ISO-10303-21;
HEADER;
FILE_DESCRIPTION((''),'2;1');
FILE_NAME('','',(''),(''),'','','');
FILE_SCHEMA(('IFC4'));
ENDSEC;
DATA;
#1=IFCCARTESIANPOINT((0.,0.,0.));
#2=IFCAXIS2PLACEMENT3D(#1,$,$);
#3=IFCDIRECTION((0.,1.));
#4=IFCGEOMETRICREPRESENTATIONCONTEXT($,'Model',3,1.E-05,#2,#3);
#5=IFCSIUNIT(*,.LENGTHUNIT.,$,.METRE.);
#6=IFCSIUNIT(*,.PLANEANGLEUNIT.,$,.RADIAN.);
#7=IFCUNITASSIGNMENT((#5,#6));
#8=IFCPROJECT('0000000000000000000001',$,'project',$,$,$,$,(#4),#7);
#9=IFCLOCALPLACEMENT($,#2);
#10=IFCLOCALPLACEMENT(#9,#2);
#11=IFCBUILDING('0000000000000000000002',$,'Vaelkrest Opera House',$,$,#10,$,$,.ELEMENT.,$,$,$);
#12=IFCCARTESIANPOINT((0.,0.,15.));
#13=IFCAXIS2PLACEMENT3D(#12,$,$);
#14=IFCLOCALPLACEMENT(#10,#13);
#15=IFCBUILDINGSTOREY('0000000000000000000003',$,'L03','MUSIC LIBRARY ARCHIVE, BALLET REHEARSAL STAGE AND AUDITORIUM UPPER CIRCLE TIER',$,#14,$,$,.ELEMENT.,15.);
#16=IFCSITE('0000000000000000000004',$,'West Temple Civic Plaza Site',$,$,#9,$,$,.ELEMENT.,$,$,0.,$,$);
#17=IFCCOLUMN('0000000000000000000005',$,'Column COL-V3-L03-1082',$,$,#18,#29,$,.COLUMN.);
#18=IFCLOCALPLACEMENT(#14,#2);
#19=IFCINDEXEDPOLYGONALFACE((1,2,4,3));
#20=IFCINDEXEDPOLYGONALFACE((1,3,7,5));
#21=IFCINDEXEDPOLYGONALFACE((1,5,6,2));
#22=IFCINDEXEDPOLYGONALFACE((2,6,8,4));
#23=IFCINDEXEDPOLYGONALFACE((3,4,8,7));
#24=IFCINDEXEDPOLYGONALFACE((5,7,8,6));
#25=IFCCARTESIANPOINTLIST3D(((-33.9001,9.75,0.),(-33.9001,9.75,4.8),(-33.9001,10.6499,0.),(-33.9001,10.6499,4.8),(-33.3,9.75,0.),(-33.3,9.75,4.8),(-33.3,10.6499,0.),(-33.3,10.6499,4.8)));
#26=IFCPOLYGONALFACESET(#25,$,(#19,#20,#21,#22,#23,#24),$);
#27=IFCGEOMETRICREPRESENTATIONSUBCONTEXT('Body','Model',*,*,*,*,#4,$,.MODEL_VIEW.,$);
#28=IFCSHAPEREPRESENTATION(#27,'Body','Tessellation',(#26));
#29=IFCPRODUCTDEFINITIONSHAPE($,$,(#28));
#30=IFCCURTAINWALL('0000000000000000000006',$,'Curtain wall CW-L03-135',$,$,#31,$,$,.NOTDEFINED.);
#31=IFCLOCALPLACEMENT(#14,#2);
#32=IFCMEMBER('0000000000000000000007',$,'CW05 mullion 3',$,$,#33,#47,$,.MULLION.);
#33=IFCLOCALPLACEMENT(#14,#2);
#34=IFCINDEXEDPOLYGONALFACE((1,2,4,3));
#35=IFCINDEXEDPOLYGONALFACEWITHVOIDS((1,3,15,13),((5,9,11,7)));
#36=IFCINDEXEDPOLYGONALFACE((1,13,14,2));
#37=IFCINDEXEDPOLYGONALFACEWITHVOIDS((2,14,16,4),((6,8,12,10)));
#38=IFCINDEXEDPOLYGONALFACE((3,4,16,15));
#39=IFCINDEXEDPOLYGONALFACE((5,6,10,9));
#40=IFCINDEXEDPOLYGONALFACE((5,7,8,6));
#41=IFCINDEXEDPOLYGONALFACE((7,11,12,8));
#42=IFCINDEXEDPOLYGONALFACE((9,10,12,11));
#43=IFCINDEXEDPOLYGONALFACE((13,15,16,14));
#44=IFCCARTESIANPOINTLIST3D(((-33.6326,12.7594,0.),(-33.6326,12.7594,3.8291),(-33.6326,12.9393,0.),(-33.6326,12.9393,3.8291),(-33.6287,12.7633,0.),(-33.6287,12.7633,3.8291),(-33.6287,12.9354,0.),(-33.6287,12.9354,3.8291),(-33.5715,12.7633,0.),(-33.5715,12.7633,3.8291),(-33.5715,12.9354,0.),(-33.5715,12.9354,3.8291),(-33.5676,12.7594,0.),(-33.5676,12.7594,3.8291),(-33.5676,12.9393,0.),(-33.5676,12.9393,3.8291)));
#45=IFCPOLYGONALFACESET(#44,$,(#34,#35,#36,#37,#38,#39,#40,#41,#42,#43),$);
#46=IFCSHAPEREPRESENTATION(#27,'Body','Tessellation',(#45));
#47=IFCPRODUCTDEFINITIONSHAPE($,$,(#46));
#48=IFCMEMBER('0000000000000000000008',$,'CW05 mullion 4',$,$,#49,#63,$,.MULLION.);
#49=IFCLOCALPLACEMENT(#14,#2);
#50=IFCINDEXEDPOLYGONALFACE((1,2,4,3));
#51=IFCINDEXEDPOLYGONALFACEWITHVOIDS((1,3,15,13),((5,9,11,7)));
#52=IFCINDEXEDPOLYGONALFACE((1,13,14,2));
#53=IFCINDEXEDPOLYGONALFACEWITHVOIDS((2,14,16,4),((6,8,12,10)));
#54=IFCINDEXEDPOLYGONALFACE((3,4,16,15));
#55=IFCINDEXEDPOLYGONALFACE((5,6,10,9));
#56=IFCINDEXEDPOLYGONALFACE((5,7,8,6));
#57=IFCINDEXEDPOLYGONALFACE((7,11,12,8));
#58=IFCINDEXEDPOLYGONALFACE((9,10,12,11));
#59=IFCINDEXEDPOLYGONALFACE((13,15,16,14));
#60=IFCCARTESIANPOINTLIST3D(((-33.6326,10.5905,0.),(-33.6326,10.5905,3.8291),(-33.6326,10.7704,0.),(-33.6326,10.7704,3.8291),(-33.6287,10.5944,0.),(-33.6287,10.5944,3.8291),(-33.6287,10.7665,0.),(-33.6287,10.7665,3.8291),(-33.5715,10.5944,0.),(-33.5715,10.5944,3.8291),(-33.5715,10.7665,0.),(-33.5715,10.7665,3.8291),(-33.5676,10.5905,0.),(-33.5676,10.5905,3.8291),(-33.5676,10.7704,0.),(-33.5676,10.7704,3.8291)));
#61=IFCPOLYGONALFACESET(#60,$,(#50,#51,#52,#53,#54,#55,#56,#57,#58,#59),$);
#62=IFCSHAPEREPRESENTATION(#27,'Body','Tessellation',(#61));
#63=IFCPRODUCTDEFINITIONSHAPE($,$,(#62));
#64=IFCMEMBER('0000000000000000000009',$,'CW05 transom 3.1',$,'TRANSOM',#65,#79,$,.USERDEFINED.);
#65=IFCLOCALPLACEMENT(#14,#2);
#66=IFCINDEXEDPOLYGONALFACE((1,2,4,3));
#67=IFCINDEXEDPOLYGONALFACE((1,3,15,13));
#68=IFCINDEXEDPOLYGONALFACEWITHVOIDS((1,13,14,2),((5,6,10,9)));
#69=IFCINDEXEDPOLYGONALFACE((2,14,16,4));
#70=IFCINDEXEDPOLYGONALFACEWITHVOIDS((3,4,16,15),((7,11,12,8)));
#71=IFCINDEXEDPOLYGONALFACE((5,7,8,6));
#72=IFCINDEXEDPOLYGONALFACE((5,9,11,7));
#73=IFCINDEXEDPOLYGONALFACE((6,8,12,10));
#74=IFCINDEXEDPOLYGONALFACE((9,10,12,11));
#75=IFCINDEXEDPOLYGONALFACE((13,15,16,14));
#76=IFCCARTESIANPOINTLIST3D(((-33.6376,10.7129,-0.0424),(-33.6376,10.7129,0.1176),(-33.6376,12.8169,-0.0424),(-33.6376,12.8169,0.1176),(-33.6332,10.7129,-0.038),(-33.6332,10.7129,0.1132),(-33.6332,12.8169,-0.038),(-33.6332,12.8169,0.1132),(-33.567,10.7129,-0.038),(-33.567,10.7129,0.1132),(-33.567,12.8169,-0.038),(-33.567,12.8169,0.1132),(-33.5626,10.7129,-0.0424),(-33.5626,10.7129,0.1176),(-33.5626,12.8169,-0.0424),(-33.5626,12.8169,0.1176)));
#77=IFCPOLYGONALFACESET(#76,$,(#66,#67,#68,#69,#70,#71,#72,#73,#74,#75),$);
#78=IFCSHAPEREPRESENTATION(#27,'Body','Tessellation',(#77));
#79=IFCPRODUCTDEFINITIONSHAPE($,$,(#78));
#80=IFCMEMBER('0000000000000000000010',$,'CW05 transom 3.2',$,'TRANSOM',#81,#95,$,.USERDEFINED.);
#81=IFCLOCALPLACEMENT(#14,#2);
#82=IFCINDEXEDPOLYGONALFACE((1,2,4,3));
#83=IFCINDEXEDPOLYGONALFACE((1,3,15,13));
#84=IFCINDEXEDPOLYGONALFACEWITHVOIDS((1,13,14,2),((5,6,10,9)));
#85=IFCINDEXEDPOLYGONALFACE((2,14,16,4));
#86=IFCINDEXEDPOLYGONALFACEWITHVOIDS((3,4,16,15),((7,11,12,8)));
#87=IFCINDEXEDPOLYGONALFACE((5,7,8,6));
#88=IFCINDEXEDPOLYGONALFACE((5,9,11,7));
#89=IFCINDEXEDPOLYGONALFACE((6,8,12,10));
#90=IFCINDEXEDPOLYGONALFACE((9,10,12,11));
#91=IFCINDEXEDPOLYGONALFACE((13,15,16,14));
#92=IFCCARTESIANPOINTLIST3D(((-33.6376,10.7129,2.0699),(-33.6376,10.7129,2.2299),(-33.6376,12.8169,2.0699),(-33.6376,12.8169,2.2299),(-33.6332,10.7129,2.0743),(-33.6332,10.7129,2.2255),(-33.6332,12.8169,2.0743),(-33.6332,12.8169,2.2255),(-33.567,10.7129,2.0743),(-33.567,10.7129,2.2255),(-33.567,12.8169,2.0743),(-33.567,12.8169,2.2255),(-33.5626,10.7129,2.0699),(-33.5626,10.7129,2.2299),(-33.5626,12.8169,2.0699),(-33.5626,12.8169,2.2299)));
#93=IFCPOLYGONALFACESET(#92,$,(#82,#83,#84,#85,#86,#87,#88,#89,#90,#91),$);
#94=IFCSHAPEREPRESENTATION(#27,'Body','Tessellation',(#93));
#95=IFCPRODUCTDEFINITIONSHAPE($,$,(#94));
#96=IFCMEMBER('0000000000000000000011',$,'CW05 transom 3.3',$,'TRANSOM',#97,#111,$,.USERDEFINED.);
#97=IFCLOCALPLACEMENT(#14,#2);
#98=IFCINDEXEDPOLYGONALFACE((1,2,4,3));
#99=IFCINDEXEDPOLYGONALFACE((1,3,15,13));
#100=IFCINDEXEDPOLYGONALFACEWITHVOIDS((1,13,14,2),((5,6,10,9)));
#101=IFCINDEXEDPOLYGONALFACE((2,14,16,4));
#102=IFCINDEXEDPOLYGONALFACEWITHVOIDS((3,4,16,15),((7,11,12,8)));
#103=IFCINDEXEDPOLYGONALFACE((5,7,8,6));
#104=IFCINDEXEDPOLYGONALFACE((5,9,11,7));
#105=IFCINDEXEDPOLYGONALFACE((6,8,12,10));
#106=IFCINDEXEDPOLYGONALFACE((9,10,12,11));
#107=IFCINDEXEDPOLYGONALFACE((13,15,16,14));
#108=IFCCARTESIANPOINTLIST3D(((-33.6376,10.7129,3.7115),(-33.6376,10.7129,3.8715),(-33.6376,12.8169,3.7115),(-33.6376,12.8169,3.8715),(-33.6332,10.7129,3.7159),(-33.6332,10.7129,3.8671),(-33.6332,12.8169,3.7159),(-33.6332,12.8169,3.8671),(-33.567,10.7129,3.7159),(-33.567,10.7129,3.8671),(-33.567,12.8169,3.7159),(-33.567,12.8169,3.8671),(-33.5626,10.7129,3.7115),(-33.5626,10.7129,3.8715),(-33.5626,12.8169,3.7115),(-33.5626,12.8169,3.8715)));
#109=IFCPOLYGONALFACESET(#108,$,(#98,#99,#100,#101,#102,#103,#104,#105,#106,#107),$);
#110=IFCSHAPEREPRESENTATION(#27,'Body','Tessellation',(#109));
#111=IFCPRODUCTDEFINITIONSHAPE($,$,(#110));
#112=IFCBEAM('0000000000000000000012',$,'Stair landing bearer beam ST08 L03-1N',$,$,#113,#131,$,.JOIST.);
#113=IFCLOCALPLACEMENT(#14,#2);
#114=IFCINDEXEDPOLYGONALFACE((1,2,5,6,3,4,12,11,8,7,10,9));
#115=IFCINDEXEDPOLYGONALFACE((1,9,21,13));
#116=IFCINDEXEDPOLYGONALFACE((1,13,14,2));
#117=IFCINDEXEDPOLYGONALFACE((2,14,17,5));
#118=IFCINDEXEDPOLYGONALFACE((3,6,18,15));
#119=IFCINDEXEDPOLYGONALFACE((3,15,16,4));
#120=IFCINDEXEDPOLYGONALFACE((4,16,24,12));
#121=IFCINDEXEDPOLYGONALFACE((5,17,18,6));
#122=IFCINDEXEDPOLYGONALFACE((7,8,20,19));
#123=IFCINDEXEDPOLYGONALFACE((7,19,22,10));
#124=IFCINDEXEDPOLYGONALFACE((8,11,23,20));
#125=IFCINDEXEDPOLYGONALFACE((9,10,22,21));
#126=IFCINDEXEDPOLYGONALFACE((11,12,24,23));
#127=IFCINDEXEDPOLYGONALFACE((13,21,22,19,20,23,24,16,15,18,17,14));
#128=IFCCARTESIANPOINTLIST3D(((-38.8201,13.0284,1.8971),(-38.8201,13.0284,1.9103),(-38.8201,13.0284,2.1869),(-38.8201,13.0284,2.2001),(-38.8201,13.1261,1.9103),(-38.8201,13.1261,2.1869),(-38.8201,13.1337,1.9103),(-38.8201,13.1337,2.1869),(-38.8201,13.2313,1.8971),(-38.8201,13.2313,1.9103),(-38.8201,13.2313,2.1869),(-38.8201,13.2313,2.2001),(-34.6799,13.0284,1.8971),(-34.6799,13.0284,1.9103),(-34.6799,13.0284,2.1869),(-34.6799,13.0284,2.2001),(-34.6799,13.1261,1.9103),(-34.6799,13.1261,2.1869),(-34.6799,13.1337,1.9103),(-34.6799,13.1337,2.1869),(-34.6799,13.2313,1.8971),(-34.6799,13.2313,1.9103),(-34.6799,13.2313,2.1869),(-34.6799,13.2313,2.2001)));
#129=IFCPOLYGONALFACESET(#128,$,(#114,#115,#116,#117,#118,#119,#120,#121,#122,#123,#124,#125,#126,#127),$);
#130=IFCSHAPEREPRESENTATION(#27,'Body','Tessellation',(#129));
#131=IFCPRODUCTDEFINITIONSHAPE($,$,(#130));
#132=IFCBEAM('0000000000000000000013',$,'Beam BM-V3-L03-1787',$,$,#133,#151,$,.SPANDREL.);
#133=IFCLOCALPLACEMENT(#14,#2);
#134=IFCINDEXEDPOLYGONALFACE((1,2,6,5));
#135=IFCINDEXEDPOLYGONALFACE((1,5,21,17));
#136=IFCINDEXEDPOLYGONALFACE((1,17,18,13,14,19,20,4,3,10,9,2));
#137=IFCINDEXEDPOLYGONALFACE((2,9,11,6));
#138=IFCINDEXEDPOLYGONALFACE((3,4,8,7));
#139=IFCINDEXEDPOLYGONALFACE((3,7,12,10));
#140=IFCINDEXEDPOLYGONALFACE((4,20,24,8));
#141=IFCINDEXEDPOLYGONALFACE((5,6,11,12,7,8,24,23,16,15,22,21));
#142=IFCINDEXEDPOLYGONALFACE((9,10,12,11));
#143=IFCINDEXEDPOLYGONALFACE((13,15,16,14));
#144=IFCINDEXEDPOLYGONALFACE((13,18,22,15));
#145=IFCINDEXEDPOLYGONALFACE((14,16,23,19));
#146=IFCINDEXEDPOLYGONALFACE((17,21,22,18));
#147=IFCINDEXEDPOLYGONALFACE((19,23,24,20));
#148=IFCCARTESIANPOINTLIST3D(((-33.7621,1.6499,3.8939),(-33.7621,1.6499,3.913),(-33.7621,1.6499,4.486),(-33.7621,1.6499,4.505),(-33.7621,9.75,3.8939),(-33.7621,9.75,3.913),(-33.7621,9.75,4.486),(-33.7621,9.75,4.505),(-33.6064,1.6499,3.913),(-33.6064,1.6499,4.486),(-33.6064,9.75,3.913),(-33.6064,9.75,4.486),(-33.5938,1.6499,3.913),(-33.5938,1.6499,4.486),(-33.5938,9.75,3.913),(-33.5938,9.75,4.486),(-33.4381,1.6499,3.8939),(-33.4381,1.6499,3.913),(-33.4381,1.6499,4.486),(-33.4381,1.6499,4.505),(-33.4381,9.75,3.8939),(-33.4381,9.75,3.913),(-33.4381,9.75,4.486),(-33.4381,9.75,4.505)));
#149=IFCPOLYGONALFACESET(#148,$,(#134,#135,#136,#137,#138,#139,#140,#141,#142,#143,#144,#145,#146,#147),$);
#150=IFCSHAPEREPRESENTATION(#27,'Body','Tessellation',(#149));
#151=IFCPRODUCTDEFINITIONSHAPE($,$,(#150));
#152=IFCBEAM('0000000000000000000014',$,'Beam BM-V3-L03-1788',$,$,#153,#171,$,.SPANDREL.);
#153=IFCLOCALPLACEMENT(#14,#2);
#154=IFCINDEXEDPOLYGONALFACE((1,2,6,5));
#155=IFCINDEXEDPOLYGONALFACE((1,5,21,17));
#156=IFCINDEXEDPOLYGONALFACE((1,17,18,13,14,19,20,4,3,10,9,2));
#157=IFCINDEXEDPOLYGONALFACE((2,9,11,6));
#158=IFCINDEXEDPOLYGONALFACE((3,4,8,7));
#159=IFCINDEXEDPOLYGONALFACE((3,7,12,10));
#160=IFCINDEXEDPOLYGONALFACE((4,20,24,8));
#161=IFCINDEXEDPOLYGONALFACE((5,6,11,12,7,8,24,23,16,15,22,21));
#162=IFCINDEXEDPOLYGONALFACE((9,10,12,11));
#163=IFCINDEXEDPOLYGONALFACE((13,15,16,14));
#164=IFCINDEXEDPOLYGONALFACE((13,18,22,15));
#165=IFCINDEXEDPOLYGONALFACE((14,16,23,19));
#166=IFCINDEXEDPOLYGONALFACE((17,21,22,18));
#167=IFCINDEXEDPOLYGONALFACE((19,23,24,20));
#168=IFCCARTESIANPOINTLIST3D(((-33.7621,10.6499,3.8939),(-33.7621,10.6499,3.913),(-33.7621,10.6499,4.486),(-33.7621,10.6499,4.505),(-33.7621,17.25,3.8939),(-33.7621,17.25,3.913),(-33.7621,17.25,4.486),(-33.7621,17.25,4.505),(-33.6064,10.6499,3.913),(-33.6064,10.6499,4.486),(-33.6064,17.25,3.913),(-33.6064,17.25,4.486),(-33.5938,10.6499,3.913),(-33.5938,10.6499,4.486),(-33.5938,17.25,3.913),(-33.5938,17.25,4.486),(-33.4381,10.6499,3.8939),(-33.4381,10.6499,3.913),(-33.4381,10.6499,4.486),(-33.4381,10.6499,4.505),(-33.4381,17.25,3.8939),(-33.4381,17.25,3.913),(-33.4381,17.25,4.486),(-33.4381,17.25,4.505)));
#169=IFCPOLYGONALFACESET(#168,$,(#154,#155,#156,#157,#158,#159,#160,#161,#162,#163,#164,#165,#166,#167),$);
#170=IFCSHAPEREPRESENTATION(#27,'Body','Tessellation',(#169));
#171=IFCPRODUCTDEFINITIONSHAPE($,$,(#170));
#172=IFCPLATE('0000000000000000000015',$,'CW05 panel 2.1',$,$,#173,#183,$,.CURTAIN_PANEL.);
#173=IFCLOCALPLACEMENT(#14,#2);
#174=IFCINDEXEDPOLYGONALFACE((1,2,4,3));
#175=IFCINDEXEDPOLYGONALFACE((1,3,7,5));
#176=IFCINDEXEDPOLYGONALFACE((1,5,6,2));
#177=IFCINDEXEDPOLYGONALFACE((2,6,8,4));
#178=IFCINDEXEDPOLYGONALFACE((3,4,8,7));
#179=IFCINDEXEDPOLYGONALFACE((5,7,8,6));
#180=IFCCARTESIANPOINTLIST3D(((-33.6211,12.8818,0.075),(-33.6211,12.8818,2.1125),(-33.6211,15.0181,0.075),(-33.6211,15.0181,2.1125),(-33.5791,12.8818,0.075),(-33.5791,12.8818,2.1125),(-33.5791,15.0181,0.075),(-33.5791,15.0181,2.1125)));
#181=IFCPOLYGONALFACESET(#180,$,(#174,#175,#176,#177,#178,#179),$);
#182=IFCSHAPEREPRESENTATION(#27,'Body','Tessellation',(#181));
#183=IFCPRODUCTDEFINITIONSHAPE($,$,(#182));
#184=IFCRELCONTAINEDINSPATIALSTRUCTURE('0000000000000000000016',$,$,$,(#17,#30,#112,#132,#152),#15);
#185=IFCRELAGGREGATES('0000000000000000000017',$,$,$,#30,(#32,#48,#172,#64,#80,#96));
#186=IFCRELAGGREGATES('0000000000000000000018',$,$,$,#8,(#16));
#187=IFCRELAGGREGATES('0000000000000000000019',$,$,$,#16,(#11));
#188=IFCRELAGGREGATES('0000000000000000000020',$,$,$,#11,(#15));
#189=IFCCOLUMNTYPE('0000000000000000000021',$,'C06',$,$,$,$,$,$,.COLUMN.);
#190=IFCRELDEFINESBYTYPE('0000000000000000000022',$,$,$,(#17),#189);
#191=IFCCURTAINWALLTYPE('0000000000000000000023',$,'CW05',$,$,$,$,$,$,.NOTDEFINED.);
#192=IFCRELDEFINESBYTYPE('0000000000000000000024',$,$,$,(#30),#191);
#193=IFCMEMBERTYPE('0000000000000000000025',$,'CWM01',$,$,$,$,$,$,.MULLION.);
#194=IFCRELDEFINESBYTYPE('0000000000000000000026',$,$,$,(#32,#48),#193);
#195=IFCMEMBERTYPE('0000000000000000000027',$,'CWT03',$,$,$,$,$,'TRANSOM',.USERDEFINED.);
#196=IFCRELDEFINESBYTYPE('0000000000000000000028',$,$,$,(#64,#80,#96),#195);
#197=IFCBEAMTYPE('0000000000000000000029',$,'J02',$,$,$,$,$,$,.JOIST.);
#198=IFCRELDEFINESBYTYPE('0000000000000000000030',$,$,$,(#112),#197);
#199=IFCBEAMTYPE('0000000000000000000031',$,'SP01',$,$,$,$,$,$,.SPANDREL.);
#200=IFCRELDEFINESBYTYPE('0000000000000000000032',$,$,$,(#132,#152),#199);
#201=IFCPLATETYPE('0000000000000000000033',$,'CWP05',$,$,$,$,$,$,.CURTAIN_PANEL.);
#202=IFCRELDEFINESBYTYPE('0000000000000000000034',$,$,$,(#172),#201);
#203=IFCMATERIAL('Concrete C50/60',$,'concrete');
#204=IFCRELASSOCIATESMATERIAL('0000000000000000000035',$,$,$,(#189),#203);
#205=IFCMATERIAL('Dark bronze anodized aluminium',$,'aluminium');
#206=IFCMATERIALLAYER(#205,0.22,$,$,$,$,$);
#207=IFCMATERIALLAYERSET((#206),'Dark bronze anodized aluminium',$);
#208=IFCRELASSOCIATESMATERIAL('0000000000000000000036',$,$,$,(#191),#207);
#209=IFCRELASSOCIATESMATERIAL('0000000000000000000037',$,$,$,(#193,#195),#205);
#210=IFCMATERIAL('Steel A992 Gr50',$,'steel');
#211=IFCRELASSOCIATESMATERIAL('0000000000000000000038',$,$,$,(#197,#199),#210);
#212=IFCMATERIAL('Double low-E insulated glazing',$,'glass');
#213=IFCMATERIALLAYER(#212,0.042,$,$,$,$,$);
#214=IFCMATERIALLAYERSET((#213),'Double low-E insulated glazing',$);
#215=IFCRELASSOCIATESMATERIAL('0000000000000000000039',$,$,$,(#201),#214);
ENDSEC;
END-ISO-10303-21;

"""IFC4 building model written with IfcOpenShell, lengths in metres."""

from ifc_helpers import new_model, si_unit, direction, frame, origin, origin_2d, place, context, subcontext, project, spatial, rectangle, hollow_rectangle, i_section, extrude, material, layer, layer_set, material_profile, profile_set, type_object, element, aggregate, save


model = new_model("IFC4")

# Units and contexts
model_context = context("Model", 3, precision=1e-05, world=origin(), true_north=direction((0.0, 1.0)))
body_context = subcontext(model_context, "Body", "Model", "MODEL_VIEW")
ifc_project = project(units=[si_unit("LENGTHUNIT", "METRE"), si_unit("PLANEANGLEUNIT", "RADIAN")], contexts=[model_context])

# Site, building, storey
site_placement = place(None, origin())
site = spatial("IfcSite", under=ifc_project, at=site_placement, Name="West Temple Civic Plaza Site", CompositionType="ELEMENT", RefElevation=0.0)
building_placement = place(site_placement, origin())
building = spatial("IfcBuilding", under=site, at=building_placement, Name="Vaelkrest Opera House", CompositionType="ELEMENT")
storey_placement = place(building_placement, frame((0.0, 0.0, 15.0)))
storey = spatial("IfcBuildingStorey", under=building, at=storey_placement, Name="L03", Description="MUSIC LIBRARY ARCHIVE, BALLET REHEARSAL STAGE AND AUDITORIUM UPPER CIRCLE TIER", CompositionType="ELEMENT", Elevation=15.0)

# Column
ifc_material_1 = material(Name="Concrete C50/60", Category="concrete")
ifc_material_profile_1 = material_profile(ifc_material_1, rectangle(XDim=0.6001, YDim=0.8999, at=origin_2d()), Name="RC600X900")
ifc_profile_set_1 = profile_set([ifc_material_profile_1], Name="Concrete C50/60")
column_type = type_object("IfcColumnType", Name="C06", PredefinedType="COLUMN", material=ifc_profile_set_1)
column_placement = place(storey_placement, frame((-33.6001, 10.2, 0.0), z_axis=(0.0, 0.0, 1.0), x_axis=(1.0, 0.0, 0.0)))
element("IfcColumn", 1, at=column_placement, inside=storey, type_object=column_type, Name="Column COL-V3-L03-1082", PredefinedType="COLUMN", context=body_context, shape_type="SweptSolid", body=[
    extrude(rectangle(XDim=0.6001, YDim=0.8999, at=origin_2d()), origin(), (0.0, 0.0, 1.0), 4.8),
])

# Curtain wall, members
ifc_material_2 = material(Name="Dark bronze anodized aluminium", Category="aluminium")
ifc_layer_1 = layer(ifc_material_2, 0.22)
ifc_layer_set_1 = layer_set([ifc_layer_1], Name="Dark bronze anodized aluminium")
curtain_wall_type = type_object("IfcCurtainWallType", Name="CW05", PredefinedType="NOTDEFINED", material=ifc_layer_set_1)
curtain_wall_placement = place(storey_placement, origin())
curtain_wall = element("IfcCurtainWall", 2, at=curtain_wall_placement, inside=storey, type_object=curtain_wall_type, Name="Curtain wall CW-L03-135", PredefinedType="NOTDEFINED")
ifc_material_profile_2 = material_profile(ifc_material_2, hollow_rectangle(XDim=0.0649, YDim=0.1799, WallThickness=0.0039, at=origin_2d()), Name="CWM65X180")
ifc_profile_set_2 = profile_set([ifc_material_profile_2], Name="Dark bronze anodized aluminium")
member_type_1 = type_object("IfcMemberType", Name="CWM01", PredefinedType="MULLION", material=ifc_profile_set_2)
member_1_placement = place(storey_placement, frame((-33.6001, 12.8494, 0.0), z_axis=(0.0, 0.0, 1.0), x_axis=(1.0, 0.0, 0.0)))
member_1 = element("IfcMember", 3, at=member_1_placement, type_object=member_type_1, Name="CW05 mullion 3", PredefinedType="MULLION", context=body_context, shape_type="SweptSolid", body=[
    extrude(hollow_rectangle(XDim=0.0649, YDim=0.1799, WallThickness=0.0039, at=origin_2d()), origin(), (0.0, 0.0, 1.0), 3.8291),
])
member_2_placement = place(storey_placement, frame((-33.6001, 10.6804, 0.0), z_axis=(0.0, 0.0, 1.0), x_axis=(1.0, 0.0, 0.0)))
member_2 = element("IfcMember", 4, at=member_2_placement, type_object=member_type_1, Name="CW05 mullion 4", PredefinedType="MULLION", context=body_context, shape_type="SweptSolid", body=[
    extrude(hollow_rectangle(XDim=0.0649, YDim=0.1799, WallThickness=0.0039, at=origin_2d()), origin(), (0.0, 0.0, 1.0), 3.8291),
])
ifc_material_profile_3 = material_profile(ifc_material_2, hollow_rectangle(XDim=0.075, YDim=0.1599, WallThickness=0.0044, at=origin_2d()), Name="CWT75X160")
ifc_profile_set_3 = profile_set([ifc_material_profile_3], Name="Dark bronze anodized aluminium")
member_type_2 = type_object("IfcMemberType", Name="CWT03", ElementType="TRANSOM", PredefinedType="USERDEFINED", material=ifc_profile_set_3)
member_3_placement = place(storey_placement, frame((-33.6001, 12.8169, 0.0376), z_axis=(0.0, -1.0, 0.0), x_axis=(1.0, 0.0, 0.0)))
member_3 = element("IfcMember", 5, at=member_3_placement, type_object=member_type_2, Name="CW05 transom 3.1", ObjectType="TRANSOM", PredefinedType="USERDEFINED", context=body_context, shape_type="SweptSolid", body=[
    extrude(hollow_rectangle(XDim=0.075, YDim=0.1599, WallThickness=0.0044, at=origin_2d()), origin(), (0.0, 0.0, 1.0), 2.104),
])
member_4_placement = place(storey_placement, frame((-33.6001, 12.8169, 2.1499), z_axis=(0.0, -1.0, 0.0), x_axis=(1.0, 0.0, 0.0)))
member_4 = element("IfcMember", 6, at=member_4_placement, type_object=member_type_2, Name="CW05 transom 3.2", ObjectType="TRANSOM", PredefinedType="USERDEFINED", context=body_context, shape_type="SweptSolid", body=[
    extrude(hollow_rectangle(XDim=0.075, YDim=0.1599, WallThickness=0.0044, at=origin_2d()), origin(), (0.0, 0.0, 1.0), 2.104),
])
member_5_placement = place(storey_placement, frame((-33.6001, 12.8169, 3.7915), z_axis=(0.0, -1.0, 0.0), x_axis=(1.0, 0.0, 0.0)))
member_5 = element("IfcMember", 7, at=member_5_placement, type_object=member_type_2, Name="CW05 transom 3.3", ObjectType="TRANSOM", PredefinedType="USERDEFINED", context=body_context, shape_type="SweptSolid", body=[
    extrude(hollow_rectangle(XDim=0.075, YDim=0.1599, WallThickness=0.0044, at=origin_2d()), origin(), (0.0, 0.0, 1.0), 2.104),
])

# Beams
ifc_material_3 = material(Name="Steel A992 Gr50", Category="steel")
ifc_material_profile_4 = material_profile(ifc_material_3, i_section(OverallWidth=0.2029, OverallDepth=0.303, WebThickness=0.0076, FlangeThickness=0.0132, at=origin_2d()), Name="W12X40")
ifc_profile_set_4 = profile_set([ifc_material_profile_4], Name="Steel A992 Gr50")
beam_type_1 = type_object("IfcBeamType", Name="J02", PredefinedType="JOIST", material=ifc_profile_set_4)
beam_1_placement = place(storey_placement, frame((-38.8201, 13.1299, 2.0486), z_axis=(1.0, 0.0, 0.0), x_axis=(0.0, 1.0, 0.0)))
element("IfcBeam", 8, at=beam_1_placement, inside=storey, type_object=beam_type_1, Name="Stair landing bearer beam ST08 L03-1N", PredefinedType="JOIST", context=body_context, shape_type="SweptSolid", body=[
    extrude(i_section(OverallWidth=0.2029, OverallDepth=0.303, WebThickness=0.0076, FlangeThickness=0.0132, at=origin_2d()), origin(), (0.0, 0.0, 1.0), 4.1401),
])
ifc_material_profile_5 = material_profile(ifc_material_3, i_section(OverallWidth=0.324, OverallDepth=0.6111, WebThickness=0.0127, FlangeThickness=0.019, at=origin_2d()), Name="W24X104")
ifc_profile_set_5 = profile_set([ifc_material_profile_5], Name="Steel A992 Gr50")
beam_type_2 = type_object("IfcBeamType", Name="SP01", PredefinedType="SPANDREL", material=ifc_profile_set_5)
beam_2_placement = place(storey_placement, frame((-33.6001, 1.6499, 4.1995), z_axis=(0.0, 1.0, 0.0), x_axis=(-1.0, 0.0, 0.0)))
element("IfcBeam", 9, at=beam_2_placement, inside=storey, type_object=beam_type_2, Name="Beam BM-V3-L03-1787", PredefinedType="SPANDREL", context=body_context, shape_type="SweptSolid", body=[
    extrude(i_section(OverallWidth=0.324, OverallDepth=0.6111, WebThickness=0.0127, FlangeThickness=0.019, at=origin_2d()), origin(), (0.0, 0.0, 1.0), 8.1001),
])
beam_3_placement = place(storey_placement, frame((-33.6001, 10.6499, 4.1995), z_axis=(0.0, 1.0, 0.0), x_axis=(-1.0, 0.0, 0.0)))
element("IfcBeam", 10, at=beam_3_placement, inside=storey, type_object=beam_type_2, Name="Beam BM-V3-L03-1788", PredefinedType="SPANDREL", context=body_context, shape_type="SweptSolid", body=[
    extrude(i_section(OverallWidth=0.324, OverallDepth=0.6111, WebThickness=0.0127, FlangeThickness=0.019, at=origin_2d()), origin(), (0.0, 0.0, 1.0), 6.6001),
])

# Plate
ifc_material_4 = material(Name="Double low-E insulated glazing", Category="glass")
ifc_layer_2 = layer(ifc_material_4, 0.042)
ifc_layer_set_2 = layer_set([ifc_layer_2], Name="Double low-E insulated glazing")
plate_type = type_object("IfcPlateType", Name="CWP05", PredefinedType="CURTAIN_PANEL", material=ifc_layer_set_2)
plate_1_placement = place(storey_placement, frame((-33.6001, 13.95, 0.075), z_axis=(0.0, 0.0, 1.0), x_axis=(0.0, -1.0, 0.0)))
plate_1 = element("IfcPlate", 11, at=plate_1_placement, type_object=plate_type, Name="CW05 panel 2.1", PredefinedType="CURTAIN_PANEL", context=body_context, shape_type="SweptSolid", body=[
    extrude(rectangle(XDim=2.1362, YDim=0.042, at=origin_2d()), origin(), (0.0, 0.0, 1.0), 2.0376),
])
aggregate(curtain_wall, [member_1, member_2, plate_1, member_3, member_4, member_5])

save(model, "model.ifc")
